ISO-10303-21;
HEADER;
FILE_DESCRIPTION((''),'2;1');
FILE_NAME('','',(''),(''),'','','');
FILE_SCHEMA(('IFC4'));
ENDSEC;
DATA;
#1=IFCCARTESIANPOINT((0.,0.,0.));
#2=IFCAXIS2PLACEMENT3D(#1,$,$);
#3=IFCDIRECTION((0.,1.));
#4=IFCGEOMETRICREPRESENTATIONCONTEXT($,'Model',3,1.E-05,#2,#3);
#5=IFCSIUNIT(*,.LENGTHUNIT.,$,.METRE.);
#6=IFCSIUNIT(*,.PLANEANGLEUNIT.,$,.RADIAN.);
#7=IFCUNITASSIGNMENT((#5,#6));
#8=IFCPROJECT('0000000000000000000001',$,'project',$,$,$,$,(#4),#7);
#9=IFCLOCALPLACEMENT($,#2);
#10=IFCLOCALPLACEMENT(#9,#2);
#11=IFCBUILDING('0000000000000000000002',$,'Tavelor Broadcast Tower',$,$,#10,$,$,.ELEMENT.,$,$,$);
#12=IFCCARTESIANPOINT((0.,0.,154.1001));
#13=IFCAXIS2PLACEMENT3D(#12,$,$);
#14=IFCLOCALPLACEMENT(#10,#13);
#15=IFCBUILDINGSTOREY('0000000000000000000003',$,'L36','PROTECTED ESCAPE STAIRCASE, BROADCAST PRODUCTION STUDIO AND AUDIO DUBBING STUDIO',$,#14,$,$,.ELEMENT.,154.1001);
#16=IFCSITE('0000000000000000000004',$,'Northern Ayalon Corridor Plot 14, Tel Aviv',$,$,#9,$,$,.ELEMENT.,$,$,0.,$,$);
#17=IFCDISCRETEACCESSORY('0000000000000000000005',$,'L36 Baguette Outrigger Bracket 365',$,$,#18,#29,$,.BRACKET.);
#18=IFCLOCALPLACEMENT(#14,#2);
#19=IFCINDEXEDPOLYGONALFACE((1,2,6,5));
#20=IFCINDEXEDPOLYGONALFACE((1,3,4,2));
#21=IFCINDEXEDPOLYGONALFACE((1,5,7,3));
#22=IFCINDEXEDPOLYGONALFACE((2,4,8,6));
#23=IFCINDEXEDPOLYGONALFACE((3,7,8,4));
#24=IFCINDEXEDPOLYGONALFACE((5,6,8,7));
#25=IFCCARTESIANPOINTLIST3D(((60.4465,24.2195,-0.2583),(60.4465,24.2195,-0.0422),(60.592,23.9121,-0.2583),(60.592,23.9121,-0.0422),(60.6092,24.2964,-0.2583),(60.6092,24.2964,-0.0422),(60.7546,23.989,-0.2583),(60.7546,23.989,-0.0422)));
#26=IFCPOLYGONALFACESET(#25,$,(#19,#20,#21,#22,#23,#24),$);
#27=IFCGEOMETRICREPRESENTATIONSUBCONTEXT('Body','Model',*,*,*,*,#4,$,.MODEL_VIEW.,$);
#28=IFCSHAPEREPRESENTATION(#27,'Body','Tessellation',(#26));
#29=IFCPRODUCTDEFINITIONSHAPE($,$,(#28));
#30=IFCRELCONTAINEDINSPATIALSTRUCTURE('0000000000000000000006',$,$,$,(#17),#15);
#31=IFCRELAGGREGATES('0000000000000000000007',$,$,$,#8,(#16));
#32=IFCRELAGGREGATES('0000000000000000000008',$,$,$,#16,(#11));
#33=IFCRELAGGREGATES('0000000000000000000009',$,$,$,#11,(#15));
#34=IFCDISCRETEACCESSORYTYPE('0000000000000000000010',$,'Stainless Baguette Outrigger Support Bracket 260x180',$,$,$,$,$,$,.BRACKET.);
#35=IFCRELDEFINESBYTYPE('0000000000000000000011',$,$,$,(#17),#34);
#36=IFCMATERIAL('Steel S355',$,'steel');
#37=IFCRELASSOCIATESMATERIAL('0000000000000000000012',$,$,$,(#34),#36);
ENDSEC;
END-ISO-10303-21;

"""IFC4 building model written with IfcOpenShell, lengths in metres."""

from ifc_helpers import new_model, si_unit, direction, frame, origin, origin_2d, place, context, subcontext, project, spatial, rectangle, extrude, source, transform, mapped, material, type_object, type_shapes, element, save


model = new_model("IFC4")

# Units and contexts
model_context = context("Model", 3, precision=1e-05, world=origin(), true_north=direction((0.0, 1.0)))
body_context = subcontext(model_context, "Body", "Model", "MODEL_VIEW")
ifc_project = project(units=[si_unit("LENGTHUNIT", "METRE"), si_unit("PLANEANGLEUNIT", "RADIAN")], contexts=[model_context])

# Site, building, storey
site_placement = place(None, origin())
site = spatial("IfcSite", under=ifc_project, at=site_placement, Name="Northern Ayalon Corridor Plot 14, Tel Aviv", CompositionType="ELEMENT", RefElevation=0.0)
building_placement = place(site_placement, origin())
building = spatial("IfcBuilding", under=site, at=building_placement, Name="Tavelor Broadcast Tower", CompositionType="ELEMENT")
storey_placement = place(building_placement, frame((0.0, 0.0, 154.1001)))
storey = spatial("IfcBuildingStorey", under=building, at=storey_placement, Name="L36", Description="PROTECTED ESCAPE STAIRCASE, BROADCAST PRODUCTION STUDIO AND AUDIO DUBBING STUDIO", CompositionType="ELEMENT", Elevation=154.1001)

# Shared definitions
ifc_material_1 = material(Name="Steel S355", Category="steel")

# Discrete accessory
discrete_accessory_type = type_object("IfcDiscreteAccessoryType", Name="Stainless Baguette Outrigger Support Bracket 260x180", PredefinedType="BRACKET", material=ifc_material_1)
shared_shape_1 = source(origin(), body_context, "Body", "SweptSolid", [
    extrude(rectangle(XDim=0.1799, YDim=0.3401, at=origin_2d()), origin(), (0.0, 0.0, 1.0), 0.2161),
])
type_shapes(discrete_accessory_type, [shared_shape_1])
discrete_accessory_placement = place(storey_placement, frame((60.6006, 24.1042, -0.2583), z_axis=(0.0, 0.0, 1.0), x_axis=(0.903933, 0.427673, 0.0)))
element("IfcDiscreteAccessory", 1, at=discrete_accessory_placement, inside=storey, type_object=discrete_accessory_type, Name="L36 Baguette Outrigger Bracket 365", PredefinedType="BRACKET", context=body_context, shape_type="MappedRepresentation", body=[
    mapped(shared_shape_1, transform((0.0, 0.0, 0.0), scale=1.0)),
])

save(model, "model.ifc")
